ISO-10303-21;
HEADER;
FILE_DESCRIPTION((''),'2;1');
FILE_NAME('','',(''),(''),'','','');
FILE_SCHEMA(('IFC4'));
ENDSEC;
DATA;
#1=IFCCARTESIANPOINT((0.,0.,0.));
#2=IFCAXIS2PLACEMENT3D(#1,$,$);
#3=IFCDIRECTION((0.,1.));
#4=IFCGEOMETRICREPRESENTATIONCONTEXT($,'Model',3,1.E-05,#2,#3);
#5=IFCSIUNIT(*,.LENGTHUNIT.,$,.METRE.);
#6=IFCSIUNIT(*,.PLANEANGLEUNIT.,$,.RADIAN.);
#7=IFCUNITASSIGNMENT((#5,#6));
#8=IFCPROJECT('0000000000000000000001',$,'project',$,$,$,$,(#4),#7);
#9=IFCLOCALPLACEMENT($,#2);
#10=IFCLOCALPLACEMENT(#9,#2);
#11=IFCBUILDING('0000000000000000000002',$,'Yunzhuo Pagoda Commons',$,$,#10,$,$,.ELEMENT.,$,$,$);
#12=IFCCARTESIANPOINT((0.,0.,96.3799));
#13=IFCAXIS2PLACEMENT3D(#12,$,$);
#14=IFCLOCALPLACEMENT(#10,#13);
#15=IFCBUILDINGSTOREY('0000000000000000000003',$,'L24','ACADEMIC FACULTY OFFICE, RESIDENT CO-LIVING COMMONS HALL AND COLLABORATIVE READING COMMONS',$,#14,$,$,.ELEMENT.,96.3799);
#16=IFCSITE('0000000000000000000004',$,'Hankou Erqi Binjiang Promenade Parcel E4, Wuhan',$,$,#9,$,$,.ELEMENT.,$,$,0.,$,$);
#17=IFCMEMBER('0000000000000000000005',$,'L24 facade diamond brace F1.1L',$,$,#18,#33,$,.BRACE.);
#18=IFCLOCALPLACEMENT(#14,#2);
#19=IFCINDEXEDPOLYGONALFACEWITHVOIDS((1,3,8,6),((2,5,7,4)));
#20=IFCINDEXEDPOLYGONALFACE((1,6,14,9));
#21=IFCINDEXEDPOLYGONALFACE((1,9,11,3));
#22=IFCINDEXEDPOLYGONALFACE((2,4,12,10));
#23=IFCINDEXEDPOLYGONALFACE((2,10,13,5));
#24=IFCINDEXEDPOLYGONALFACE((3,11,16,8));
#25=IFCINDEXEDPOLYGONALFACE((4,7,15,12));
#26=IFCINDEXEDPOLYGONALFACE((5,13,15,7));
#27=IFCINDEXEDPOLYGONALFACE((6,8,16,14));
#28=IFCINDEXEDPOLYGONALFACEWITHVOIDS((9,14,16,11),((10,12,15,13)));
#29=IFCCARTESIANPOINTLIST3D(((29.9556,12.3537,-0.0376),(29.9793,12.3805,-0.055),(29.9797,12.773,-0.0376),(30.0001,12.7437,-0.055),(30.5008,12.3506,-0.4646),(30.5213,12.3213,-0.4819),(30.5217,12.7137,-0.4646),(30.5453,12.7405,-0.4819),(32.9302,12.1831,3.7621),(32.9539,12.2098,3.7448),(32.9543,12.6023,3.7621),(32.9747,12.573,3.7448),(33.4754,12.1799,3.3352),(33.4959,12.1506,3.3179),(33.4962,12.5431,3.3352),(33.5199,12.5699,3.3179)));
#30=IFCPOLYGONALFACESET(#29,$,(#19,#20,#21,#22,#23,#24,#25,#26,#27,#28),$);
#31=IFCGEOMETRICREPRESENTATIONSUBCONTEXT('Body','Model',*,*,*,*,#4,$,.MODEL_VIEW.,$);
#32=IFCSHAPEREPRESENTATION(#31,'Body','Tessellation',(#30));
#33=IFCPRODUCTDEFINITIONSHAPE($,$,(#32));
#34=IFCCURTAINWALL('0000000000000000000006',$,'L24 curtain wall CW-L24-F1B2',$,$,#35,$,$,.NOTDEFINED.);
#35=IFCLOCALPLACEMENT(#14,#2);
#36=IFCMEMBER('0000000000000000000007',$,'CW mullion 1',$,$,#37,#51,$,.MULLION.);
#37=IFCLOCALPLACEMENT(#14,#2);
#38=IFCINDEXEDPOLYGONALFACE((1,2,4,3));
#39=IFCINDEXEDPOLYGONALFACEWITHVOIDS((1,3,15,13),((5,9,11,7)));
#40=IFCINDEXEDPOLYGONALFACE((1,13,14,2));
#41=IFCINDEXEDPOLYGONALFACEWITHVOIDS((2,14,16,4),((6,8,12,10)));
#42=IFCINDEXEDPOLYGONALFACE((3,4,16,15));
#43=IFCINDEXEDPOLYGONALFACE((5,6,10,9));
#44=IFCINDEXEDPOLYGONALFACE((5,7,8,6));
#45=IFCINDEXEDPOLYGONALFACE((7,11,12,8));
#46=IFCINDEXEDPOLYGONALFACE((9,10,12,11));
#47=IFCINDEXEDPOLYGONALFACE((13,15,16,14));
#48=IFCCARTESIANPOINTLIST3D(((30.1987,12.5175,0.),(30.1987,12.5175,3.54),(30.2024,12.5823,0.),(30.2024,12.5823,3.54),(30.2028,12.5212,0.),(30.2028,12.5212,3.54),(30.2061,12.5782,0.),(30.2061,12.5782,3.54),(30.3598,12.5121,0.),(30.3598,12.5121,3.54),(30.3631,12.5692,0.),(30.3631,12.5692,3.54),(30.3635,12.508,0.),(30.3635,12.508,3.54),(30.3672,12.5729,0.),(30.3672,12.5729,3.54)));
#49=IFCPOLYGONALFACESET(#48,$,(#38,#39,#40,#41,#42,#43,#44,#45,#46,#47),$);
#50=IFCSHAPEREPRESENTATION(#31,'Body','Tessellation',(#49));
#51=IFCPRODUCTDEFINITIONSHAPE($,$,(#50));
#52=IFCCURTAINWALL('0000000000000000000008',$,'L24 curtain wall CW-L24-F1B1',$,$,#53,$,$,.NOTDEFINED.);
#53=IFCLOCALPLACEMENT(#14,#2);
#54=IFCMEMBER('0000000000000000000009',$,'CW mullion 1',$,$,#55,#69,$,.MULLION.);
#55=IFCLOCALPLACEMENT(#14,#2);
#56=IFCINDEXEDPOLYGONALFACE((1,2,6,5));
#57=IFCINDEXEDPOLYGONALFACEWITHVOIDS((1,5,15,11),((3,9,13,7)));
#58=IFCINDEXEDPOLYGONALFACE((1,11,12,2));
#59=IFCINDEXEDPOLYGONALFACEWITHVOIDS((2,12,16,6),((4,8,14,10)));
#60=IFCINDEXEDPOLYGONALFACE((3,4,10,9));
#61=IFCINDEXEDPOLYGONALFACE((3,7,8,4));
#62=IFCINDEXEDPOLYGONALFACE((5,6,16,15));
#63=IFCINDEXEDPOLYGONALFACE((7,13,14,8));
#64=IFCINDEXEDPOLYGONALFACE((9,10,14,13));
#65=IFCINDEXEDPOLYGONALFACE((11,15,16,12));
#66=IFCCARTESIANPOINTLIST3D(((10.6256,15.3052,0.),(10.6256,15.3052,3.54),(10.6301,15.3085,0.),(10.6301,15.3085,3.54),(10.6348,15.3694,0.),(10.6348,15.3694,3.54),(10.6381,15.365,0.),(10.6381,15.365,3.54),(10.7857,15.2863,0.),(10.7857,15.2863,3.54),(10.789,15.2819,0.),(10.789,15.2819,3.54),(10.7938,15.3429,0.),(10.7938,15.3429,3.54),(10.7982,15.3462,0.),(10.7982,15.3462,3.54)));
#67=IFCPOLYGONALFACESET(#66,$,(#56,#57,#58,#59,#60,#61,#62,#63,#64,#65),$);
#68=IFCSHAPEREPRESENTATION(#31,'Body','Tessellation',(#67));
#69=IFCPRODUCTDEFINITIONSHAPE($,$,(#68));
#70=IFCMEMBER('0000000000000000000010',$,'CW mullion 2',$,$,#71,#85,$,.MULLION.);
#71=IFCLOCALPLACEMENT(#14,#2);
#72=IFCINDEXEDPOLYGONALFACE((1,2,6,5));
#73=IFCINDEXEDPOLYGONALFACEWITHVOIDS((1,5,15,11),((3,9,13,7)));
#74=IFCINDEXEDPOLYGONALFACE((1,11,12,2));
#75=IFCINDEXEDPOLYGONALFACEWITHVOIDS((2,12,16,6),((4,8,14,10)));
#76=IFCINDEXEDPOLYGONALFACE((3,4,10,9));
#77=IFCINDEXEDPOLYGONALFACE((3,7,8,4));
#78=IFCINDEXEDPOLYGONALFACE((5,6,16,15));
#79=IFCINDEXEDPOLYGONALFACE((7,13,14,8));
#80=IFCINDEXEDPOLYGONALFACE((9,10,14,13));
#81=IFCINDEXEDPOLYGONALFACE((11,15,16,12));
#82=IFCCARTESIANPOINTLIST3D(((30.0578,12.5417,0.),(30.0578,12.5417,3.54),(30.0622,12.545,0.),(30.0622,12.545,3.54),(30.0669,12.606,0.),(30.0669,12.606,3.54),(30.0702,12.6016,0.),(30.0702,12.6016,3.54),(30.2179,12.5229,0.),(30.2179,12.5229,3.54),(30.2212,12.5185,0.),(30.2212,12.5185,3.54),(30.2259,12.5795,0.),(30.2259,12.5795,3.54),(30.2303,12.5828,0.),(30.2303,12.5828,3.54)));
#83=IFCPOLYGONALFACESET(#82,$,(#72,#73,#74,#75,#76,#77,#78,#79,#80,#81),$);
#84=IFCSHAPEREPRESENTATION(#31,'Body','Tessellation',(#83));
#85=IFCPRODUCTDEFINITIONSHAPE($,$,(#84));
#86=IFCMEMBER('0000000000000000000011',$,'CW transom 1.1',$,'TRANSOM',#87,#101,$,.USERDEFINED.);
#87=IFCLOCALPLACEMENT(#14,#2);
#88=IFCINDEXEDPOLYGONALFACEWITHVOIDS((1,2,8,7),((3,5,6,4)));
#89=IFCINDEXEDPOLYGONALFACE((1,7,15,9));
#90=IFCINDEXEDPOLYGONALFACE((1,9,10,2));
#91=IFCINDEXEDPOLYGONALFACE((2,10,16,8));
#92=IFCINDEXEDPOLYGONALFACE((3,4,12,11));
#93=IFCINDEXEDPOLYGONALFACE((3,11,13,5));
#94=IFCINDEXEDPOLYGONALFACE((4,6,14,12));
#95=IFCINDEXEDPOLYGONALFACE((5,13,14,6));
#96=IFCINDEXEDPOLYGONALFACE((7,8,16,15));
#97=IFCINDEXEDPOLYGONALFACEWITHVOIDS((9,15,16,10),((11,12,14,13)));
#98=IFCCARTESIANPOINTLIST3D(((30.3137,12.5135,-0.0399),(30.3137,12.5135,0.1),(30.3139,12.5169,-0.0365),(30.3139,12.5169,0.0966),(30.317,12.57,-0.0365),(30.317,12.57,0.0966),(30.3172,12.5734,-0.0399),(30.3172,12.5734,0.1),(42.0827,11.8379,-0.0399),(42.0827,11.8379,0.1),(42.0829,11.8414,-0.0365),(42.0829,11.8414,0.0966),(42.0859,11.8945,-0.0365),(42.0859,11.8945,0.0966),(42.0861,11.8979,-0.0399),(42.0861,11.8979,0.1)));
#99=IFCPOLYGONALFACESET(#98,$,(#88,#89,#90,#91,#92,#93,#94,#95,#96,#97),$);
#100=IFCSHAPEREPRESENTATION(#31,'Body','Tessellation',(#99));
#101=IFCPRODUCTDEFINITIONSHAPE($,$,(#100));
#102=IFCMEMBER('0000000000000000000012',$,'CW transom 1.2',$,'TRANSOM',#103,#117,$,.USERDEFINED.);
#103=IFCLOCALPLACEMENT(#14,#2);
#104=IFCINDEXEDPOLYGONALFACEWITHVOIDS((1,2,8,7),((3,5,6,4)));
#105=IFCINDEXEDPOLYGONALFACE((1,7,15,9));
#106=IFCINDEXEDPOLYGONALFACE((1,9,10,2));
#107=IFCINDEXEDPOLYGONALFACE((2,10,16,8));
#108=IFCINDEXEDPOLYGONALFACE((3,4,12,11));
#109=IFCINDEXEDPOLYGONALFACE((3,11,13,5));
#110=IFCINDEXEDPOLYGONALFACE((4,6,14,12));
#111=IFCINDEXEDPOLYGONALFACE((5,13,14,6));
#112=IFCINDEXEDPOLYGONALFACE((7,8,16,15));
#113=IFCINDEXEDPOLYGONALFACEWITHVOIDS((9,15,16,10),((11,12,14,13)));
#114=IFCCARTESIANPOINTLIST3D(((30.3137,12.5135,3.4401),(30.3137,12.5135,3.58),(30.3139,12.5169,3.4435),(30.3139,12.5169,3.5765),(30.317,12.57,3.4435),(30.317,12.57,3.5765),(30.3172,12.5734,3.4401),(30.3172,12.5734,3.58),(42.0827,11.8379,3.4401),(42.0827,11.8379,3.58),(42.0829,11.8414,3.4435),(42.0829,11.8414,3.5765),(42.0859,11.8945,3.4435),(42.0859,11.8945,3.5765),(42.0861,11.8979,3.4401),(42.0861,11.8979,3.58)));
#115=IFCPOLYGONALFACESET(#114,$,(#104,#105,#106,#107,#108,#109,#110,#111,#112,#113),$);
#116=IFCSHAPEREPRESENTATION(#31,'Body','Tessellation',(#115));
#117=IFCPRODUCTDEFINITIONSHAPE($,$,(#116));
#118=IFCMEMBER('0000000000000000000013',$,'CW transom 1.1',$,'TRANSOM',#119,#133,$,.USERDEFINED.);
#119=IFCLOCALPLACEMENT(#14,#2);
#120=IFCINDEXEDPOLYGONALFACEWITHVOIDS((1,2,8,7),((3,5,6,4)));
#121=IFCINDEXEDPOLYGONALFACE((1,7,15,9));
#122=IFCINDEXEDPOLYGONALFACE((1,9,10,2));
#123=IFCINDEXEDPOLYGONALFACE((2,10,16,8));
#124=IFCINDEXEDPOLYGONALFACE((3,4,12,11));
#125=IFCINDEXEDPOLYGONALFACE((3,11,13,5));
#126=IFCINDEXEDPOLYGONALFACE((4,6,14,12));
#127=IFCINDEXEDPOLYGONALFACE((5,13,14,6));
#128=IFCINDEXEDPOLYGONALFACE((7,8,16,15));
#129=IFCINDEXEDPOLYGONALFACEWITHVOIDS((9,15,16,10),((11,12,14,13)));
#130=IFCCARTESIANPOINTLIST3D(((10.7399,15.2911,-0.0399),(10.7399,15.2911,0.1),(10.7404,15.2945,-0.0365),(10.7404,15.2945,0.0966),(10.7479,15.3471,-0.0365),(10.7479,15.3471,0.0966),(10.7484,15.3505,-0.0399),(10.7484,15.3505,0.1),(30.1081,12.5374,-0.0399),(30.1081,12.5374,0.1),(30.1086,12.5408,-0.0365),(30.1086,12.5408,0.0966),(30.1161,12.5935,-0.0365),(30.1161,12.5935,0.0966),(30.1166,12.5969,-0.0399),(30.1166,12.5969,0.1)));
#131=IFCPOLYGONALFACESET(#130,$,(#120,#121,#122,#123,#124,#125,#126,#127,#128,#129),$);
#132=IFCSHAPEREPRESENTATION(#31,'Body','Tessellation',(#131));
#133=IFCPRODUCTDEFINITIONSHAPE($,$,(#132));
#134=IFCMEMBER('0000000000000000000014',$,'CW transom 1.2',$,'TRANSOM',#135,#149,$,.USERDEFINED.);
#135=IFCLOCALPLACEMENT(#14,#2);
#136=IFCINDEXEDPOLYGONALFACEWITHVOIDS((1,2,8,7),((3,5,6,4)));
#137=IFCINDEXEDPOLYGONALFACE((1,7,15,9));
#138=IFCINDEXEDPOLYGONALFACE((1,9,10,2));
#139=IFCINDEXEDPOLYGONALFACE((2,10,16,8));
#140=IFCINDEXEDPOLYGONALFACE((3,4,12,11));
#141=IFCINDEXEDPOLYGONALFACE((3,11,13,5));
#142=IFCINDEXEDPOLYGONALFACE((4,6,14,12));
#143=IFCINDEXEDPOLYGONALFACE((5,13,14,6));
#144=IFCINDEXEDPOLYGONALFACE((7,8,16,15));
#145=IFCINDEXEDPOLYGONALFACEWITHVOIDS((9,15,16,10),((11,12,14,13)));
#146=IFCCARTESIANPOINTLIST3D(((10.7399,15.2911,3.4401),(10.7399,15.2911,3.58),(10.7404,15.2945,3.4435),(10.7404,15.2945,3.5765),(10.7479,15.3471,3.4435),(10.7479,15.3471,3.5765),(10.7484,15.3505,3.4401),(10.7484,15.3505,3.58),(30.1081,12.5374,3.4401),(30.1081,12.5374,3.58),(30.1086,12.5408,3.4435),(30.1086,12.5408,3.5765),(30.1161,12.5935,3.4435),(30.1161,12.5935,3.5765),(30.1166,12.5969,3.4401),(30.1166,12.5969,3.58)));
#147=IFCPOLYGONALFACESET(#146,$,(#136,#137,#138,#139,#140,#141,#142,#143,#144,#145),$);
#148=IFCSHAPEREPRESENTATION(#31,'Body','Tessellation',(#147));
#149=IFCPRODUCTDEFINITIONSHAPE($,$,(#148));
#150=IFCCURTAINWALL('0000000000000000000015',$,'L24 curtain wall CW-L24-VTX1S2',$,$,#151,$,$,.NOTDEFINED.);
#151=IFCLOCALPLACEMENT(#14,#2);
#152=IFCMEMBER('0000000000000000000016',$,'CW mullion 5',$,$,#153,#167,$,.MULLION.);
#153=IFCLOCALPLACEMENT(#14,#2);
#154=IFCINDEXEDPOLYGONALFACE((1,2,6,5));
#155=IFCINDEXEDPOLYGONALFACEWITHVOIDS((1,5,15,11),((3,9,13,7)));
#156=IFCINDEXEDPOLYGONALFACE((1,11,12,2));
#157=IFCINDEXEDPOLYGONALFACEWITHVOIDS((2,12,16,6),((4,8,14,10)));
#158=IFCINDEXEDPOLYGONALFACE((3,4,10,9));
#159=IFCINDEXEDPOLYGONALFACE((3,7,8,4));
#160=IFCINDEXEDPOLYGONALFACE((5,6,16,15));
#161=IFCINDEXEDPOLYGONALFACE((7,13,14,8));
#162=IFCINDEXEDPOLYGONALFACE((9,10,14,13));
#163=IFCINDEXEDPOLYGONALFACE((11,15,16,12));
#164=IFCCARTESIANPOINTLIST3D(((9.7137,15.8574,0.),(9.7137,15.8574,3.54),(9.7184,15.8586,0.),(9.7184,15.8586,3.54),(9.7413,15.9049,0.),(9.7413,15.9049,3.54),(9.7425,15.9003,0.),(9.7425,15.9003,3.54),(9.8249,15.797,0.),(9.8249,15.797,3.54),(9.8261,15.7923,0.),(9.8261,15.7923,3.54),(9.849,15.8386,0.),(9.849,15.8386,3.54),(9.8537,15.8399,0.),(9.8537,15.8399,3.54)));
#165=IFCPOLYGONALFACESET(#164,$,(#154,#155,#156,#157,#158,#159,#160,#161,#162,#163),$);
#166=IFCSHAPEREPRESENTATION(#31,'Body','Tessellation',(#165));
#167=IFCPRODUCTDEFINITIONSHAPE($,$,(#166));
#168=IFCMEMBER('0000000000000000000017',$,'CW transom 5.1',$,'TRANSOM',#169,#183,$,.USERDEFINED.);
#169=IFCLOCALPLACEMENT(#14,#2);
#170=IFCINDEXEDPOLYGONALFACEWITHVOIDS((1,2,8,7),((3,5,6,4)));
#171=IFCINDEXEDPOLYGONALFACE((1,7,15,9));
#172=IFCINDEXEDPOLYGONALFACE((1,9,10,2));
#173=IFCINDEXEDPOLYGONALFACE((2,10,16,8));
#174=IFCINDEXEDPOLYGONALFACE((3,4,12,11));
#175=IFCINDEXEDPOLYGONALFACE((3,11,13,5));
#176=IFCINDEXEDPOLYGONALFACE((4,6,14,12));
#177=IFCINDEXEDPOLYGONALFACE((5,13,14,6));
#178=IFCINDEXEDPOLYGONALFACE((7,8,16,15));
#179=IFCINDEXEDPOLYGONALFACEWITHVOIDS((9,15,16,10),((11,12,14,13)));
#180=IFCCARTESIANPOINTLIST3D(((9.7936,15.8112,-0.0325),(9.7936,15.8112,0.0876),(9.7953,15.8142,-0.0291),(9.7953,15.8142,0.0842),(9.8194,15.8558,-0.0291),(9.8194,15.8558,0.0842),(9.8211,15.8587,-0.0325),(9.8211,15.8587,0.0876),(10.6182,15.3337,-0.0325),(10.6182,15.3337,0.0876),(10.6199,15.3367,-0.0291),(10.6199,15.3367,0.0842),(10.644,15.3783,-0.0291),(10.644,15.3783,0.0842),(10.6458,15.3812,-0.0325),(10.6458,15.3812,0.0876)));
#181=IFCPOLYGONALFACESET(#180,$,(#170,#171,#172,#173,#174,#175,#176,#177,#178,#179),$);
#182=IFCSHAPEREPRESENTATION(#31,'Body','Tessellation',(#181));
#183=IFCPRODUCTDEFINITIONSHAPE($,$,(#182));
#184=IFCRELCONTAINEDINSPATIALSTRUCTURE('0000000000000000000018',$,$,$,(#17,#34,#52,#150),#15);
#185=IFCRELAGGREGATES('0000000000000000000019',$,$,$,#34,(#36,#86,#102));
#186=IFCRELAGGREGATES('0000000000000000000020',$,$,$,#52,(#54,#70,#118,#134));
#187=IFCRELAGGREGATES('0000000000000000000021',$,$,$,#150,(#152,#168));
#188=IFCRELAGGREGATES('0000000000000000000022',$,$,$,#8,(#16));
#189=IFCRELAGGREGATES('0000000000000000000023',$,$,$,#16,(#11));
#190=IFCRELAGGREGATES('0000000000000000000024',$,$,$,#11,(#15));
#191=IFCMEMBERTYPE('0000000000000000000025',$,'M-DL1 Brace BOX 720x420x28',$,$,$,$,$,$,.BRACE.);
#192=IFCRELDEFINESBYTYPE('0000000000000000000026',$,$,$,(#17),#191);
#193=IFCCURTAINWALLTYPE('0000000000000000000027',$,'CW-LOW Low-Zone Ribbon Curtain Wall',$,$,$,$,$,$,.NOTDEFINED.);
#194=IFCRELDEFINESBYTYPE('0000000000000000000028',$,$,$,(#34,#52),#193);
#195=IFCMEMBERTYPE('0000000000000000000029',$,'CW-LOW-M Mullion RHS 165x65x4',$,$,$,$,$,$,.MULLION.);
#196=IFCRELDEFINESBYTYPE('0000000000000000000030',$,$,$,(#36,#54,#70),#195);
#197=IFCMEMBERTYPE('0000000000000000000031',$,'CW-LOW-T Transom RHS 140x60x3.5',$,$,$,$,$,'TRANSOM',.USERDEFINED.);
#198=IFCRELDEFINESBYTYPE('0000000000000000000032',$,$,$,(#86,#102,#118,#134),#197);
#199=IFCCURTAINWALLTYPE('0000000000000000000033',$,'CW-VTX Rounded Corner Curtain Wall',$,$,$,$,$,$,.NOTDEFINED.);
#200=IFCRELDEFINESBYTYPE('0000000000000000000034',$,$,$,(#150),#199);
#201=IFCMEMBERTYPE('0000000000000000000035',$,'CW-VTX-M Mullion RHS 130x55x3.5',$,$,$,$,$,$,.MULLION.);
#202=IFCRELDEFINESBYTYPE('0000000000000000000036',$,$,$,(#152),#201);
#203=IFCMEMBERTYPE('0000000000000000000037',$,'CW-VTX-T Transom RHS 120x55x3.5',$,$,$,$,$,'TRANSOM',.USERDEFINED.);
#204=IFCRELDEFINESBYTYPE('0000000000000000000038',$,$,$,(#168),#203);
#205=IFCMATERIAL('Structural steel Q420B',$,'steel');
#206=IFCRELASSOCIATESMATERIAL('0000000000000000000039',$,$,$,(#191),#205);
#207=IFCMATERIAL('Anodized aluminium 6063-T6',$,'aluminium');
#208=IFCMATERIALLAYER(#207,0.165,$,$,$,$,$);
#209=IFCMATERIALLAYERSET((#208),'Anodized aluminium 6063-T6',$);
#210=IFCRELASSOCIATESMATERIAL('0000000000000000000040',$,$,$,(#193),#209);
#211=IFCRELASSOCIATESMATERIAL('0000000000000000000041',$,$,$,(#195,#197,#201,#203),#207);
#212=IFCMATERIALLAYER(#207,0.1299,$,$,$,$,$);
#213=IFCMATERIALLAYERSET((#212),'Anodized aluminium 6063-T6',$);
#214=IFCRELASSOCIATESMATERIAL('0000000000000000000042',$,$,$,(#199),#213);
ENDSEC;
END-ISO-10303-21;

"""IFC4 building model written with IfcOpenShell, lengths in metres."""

from ifc_helpers import new_model, si_unit, direction, frame, origin, origin_2d, place, context, subcontext, project, spatial, hollow_rectangle, extrude, source, transform, mapped, material, layer, layer_set, material_profile, profile_set, type_object, element, aggregate, save


model = new_model("IFC4")

# Units and contexts
model_context = context("Model", 3, precision=1e-05, world=origin(), true_north=direction((0.0, 1.0)))
body_context = subcontext(model_context, "Body", "Model", "MODEL_VIEW")
ifc_project = project(units=[si_unit("LENGTHUNIT", "METRE"), si_unit("PLANEANGLEUNIT", "RADIAN")], contexts=[model_context])

# Site, building, storey
site_placement = place(None, origin())
site = spatial("IfcSite", under=ifc_project, at=site_placement, Name="Hankou Erqi Binjiang Promenade Parcel E4, Wuhan", CompositionType="ELEMENT", RefElevation=0.0)
building_placement = place(site_placement, origin())
building = spatial("IfcBuilding", under=site, at=building_placement, Name="Yunzhuo Pagoda Commons", CompositionType="ELEMENT")
storey_placement = place(building_placement, frame((0.0, 0.0, 96.3799)))
storey = spatial("IfcBuildingStorey", under=building, at=storey_placement, Name="L24", Description="ACADEMIC FACULTY OFFICE, RESIDENT CO-LIVING COMMONS HALL AND COLLABORATIVE READING COMMONS", CompositionType="ELEMENT", Elevation=96.3799)

# Shared definitions
ifc_material_1 = material(Name="Structural steel Q420B", Category="steel")

# Member
ifc_material_profile_1 = material_profile(ifc_material_1, hollow_rectangle(XDim=0.4199, YDim=0.72, WallThickness=0.0281, at=origin_2d()), Name="Structural steel Q420B")
ifc_profile_set_1 = profile_set([ifc_material_profile_1], Name="Structural steel Q420B")
member_type_1 = type_object("IfcMemberType", Name="M-DL1 Brace BOX 720x420x28", PredefinedType="BRACE", material=ifc_profile_set_1)
shared_shape_1 = source(origin(), body_context, "Body", "SweptSolid", [
    extrude(hollow_rectangle(XDim=0.4199, YDim=0.72, WallThickness=0.0281, at=origin_2d()), origin(), (0.0, 0.0, 1.0), 4.8286),
])
member_1_placement = place(storey_placement, frame((30.2505, 12.5471, -0.2598), z_axis=(0.616032, -0.035342, 0.786928), x_axis=(0.057276, 0.998358, 0.0)))
element("IfcMember", 1, at=member_1_placement, inside=storey, type_object=member_type_1, Name="L24 facade diamond brace F1.1L", PredefinedType="BRACE", context=body_context, shape_type="MappedRepresentation", body=[
    mapped(shared_shape_1, transform((0.0, 0.0, 0.0), scale=1.0)),
])

# Curtain wall, member
ifc_material_2 = material(Name="Anodized aluminium 6063-T6", Category="aluminium")
ifc_layer_1 = layer(ifc_material_2, 0.165)
ifc_layer_set_1 = layer_set([ifc_layer_1], Name="Anodized aluminium 6063-T6")
curtain_wall_type_1 = type_object("IfcCurtainWallType", Name="CW-LOW Low-Zone Ribbon Curtain Wall", PredefinedType="NOTDEFINED", material=ifc_layer_set_1)
curtain_wall_1_placement = place(storey_placement, origin())
curtain_wall_1 = element("IfcCurtainWall", 2, at=curtain_wall_1_placement, inside=storey, type_object=curtain_wall_type_1, Name="L24 curtain wall CW-L24-F1B2", PredefinedType="NOTDEFINED")
ifc_material_profile_2 = material_profile(ifc_material_2, hollow_rectangle(XDim=0.0649, YDim=0.165, WallThickness=0.0039, at=origin_2d()), Name="Anodized aluminium 6063-T6")
ifc_profile_set_2 = profile_set([ifc_material_profile_2], Name="Anodized aluminium 6063-T6")
member_type_2 = type_object("IfcMemberType", Name="CW-LOW-M Mullion RHS 165x65x4", PredefinedType="MULLION", material=ifc_profile_set_2)
shared_shape_2 = source(origin(), body_context, "Body", "SweptSolid", [
    extrude(hollow_rectangle(XDim=0.0649, YDim=0.165, WallThickness=0.0039, at=origin_2d()), origin(), (0.0, 0.0, 1.0), 3.54),
])
member_2_placement = place(storey_placement, frame((30.283, 12.5452, 0.0), z_axis=(0.0, 0.0, 1.0), x_axis=(0.057299, 0.998357, 0.0)))
member_2 = element("IfcMember", 3, at=member_2_placement, type_object=member_type_2, Name="CW mullion 1", PredefinedType="MULLION", context=body_context, shape_type="MappedRepresentation", body=[
    mapped(shared_shape_2, transform((0.0, 0.0, 0.0), scale=1.0)),
])

# Curtain wall, members
curtain_wall_2_placement = place(storey_placement, origin())
curtain_wall_2 = element("IfcCurtainWall", 4, at=curtain_wall_2_placement, inside=storey, type_object=curtain_wall_type_1, Name="L24 curtain wall CW-L24-F1B1", PredefinedType="NOTDEFINED")
member_3_placement = place(storey_placement, frame((10.7119, 15.3257, 0.0), z_axis=(0.0, 0.0, 1.0), x_axis=(0.140774, 0.990042, 0.0)))
member_3 = element("IfcMember", 5, at=member_3_placement, type_object=member_type_2, Name="CW mullion 1", PredefinedType="MULLION", context=body_context, shape_type="MappedRepresentation", body=[
    mapped(shared_shape_2, transform((0.0, 0.0, 0.0), scale=1.0)),
])
member_4_placement = place(storey_placement, frame((30.144, 12.5623, 0.0), z_axis=(0.0, 0.0, 1.0), x_axis=(0.140774, 0.990042, 0.0)))
member_4 = element("IfcMember", 6, at=member_4_placement, type_object=member_type_2, Name="CW mullion 2", PredefinedType="MULLION", context=body_context, shape_type="MappedRepresentation", body=[
    mapped(shared_shape_2, transform((0.0, 0.0, 0.0), scale=1.0)),
])

# Members
ifc_material_profile_3 = material_profile(ifc_material_2, hollow_rectangle(XDim=0.0601, YDim=0.1399, WallThickness=0.0034, at=origin_2d()), Name="Anodized aluminium 6063-T6")
ifc_profile_set_3 = profile_set([ifc_material_profile_3], Name="Anodized aluminium 6063-T6")
member_type_3 = type_object("IfcMemberType", Name="CW-LOW-T Transom RHS 140x60x3.5", ElementType="TRANSOM", PredefinedType="USERDEFINED", material=ifc_profile_set_3)
shared_shape_3 = source(origin(), body_context, "Body", "SweptSolid", [
    extrude(hollow_rectangle(XDim=0.0601, YDim=0.1399, WallThickness=0.0034, at=origin_2d()), origin(), (0.0, 0.0, 1.0), 11.7883),
])
member_5_placement = place(storey_placement, frame((30.3154, 12.5435, 0.03), z_axis=(0.998357, -0.057305, 0.0), x_axis=(0.057305, 0.998357, 0.0)))
member_5 = element("IfcMember", 7, at=member_5_placement, type_object=member_type_3, Name="CW transom 1.1", ObjectType="TRANSOM", PredefinedType="USERDEFINED", context=body_context, shape_type="MappedRepresentation", body=[
    mapped(shared_shape_3, transform((0.0, 0.0, 0.0), scale=1.0)),
])
member_6_placement = place(storey_placement, frame((30.3154, 12.5435, 3.51), z_axis=(0.998357, -0.057305, 0.0), x_axis=(0.057305, 0.998357, 0.0)))
member_6 = element("IfcMember", 8, at=member_6_placement, type_object=member_type_3, Name="CW transom 1.2", ObjectType="TRANSOM", PredefinedType="USERDEFINED", context=body_context, shape_type="MappedRepresentation", body=[
    mapped(shared_shape_3, transform((0.0, 0.0, 0.0), scale=1.0)),
])
shared_shape_4 = source(origin(), body_context, "Body", "SweptSolid", [
    extrude(hollow_rectangle(XDim=0.0601, YDim=0.1399, WallThickness=0.0034, at=origin_2d()), origin(), (0.0, 0.0, 1.0), 19.563),
])
member_7_placement = place(storey_placement, frame((10.7441, 15.3208, 0.03), z_axis=(0.990044, -0.140759, 0.0), x_axis=(0.140759, 0.990044, 0.0)))
member_7 = element("IfcMember", 9, at=member_7_placement, type_object=member_type_3, Name="CW transom 1.1", ObjectType="TRANSOM", PredefinedType="USERDEFINED", context=body_context, shape_type="MappedRepresentation", body=[
    mapped(shared_shape_4, transform((0.0, 0.0, 0.0), scale=1.0)),
])
member_8_placement = place(storey_placement, frame((10.7441, 15.3208, 3.51), z_axis=(0.990044, -0.140759, 0.0), x_axis=(0.140759, 0.990044, 0.0)))
member_8 = element("IfcMember", 10, at=member_8_placement, type_object=member_type_3, Name="CW transom 1.2", ObjectType="TRANSOM", PredefinedType="USERDEFINED", context=body_context, shape_type="MappedRepresentation", body=[
    mapped(shared_shape_4, transform((0.0, 0.0, 0.0), scale=1.0)),
])

# Curtain wall, members
ifc_layer_2 = layer(ifc_material_2, 0.1299)
ifc_layer_set_2 = layer_set([ifc_layer_2], Name="Anodized aluminium 6063-T6")
curtain_wall_type_2 = type_object("IfcCurtainWallType", Name="CW-VTX Rounded Corner Curtain Wall", PredefinedType="NOTDEFINED", material=ifc_layer_set_2)
curtain_wall_3_placement = place(storey_placement, origin())
curtain_wall_3 = element("IfcCurtainWall", 11, at=curtain_wall_3_placement, inside=storey, type_object=curtain_wall_type_2, Name="L24 curtain wall CW-L24-VTX1S2", PredefinedType="NOTDEFINED")
ifc_material_profile_4 = material_profile(ifc_material_2, hollow_rectangle(XDim=0.0549, YDim=0.1299, WallThickness=0.0034, at=origin_2d()), Name="Anodized aluminium 6063-T6")
ifc_profile_set_4 = profile_set([ifc_material_profile_4], Name="Anodized aluminium 6063-T6")
member_type_4 = type_object("IfcMemberType", Name="CW-VTX-M Mullion RHS 130x55x3.5", PredefinedType="MULLION", material=ifc_profile_set_4)
shared_shape_5 = source(origin(), body_context, "Body", "SweptSolid", [
    extrude(hollow_rectangle(XDim=0.0549, YDim=0.1299, WallThickness=0.0034, at=origin_2d()), origin(), (0.0, 0.0, 1.0), 3.54),
])
member_9_placement = place(storey_placement, frame((9.7837, 15.8486, 0.0), z_axis=(0.0, 0.0, 1.0), x_axis=(0.501036, 0.865427, 0.0)))
member_9 = element("IfcMember", 12, at=member_9_placement, type_object=member_type_4, Name="CW mullion 5", PredefinedType="MULLION", context=body_context, shape_type="MappedRepresentation", body=[
    mapped(shared_shape_5, transform((0.0, 0.0, 0.0), scale=1.0)),
])
ifc_material_profile_5 = material_profile(ifc_material_2, hollow_rectangle(XDim=0.0549, YDim=0.1201, WallThickness=0.0034, at=origin_2d()), Name="Anodized aluminium 6063-T6")
ifc_profile_set_5 = profile_set([ifc_material_profile_5], Name="Anodized aluminium 6063-T6")
member_type_5 = type_object("IfcMemberType", Name="CW-VTX-T Transom RHS 120x55x3.5", ElementType="TRANSOM", PredefinedType="USERDEFINED", material=ifc_profile_set_5)
shared_shape_6 = source(origin(), body_context, "Body", "SweptSolid", [
    extrude(hollow_rectangle(XDim=0.0549, YDim=0.1201, WallThickness=0.0034, at=origin_2d()), origin(), (0.0, 0.0, 1.0), 0.9529),
])
member_10_placement = place(storey_placement, frame((9.8074, 15.835, 0.0276), z_axis=(0.865391, -0.501097, 0.0), x_axis=(0.501097, 0.865391, 0.0)))
member_10 = element("IfcMember", 13, at=member_10_placement, type_object=member_type_5, Name="CW transom 5.1", ObjectType="TRANSOM", PredefinedType="USERDEFINED", context=body_context, shape_type="MappedRepresentation", body=[
    mapped(shared_shape_6, transform((0.0, 0.0, 0.0), scale=1.0)),
])

aggregate(curtain_wall_1, [member_2, member_5, member_6])

aggregate(curtain_wall_2, [member_3, member_4, member_7, member_8])
aggregate(curtain_wall_3, [member_9, member_10])

save(model, "model.ifc")
